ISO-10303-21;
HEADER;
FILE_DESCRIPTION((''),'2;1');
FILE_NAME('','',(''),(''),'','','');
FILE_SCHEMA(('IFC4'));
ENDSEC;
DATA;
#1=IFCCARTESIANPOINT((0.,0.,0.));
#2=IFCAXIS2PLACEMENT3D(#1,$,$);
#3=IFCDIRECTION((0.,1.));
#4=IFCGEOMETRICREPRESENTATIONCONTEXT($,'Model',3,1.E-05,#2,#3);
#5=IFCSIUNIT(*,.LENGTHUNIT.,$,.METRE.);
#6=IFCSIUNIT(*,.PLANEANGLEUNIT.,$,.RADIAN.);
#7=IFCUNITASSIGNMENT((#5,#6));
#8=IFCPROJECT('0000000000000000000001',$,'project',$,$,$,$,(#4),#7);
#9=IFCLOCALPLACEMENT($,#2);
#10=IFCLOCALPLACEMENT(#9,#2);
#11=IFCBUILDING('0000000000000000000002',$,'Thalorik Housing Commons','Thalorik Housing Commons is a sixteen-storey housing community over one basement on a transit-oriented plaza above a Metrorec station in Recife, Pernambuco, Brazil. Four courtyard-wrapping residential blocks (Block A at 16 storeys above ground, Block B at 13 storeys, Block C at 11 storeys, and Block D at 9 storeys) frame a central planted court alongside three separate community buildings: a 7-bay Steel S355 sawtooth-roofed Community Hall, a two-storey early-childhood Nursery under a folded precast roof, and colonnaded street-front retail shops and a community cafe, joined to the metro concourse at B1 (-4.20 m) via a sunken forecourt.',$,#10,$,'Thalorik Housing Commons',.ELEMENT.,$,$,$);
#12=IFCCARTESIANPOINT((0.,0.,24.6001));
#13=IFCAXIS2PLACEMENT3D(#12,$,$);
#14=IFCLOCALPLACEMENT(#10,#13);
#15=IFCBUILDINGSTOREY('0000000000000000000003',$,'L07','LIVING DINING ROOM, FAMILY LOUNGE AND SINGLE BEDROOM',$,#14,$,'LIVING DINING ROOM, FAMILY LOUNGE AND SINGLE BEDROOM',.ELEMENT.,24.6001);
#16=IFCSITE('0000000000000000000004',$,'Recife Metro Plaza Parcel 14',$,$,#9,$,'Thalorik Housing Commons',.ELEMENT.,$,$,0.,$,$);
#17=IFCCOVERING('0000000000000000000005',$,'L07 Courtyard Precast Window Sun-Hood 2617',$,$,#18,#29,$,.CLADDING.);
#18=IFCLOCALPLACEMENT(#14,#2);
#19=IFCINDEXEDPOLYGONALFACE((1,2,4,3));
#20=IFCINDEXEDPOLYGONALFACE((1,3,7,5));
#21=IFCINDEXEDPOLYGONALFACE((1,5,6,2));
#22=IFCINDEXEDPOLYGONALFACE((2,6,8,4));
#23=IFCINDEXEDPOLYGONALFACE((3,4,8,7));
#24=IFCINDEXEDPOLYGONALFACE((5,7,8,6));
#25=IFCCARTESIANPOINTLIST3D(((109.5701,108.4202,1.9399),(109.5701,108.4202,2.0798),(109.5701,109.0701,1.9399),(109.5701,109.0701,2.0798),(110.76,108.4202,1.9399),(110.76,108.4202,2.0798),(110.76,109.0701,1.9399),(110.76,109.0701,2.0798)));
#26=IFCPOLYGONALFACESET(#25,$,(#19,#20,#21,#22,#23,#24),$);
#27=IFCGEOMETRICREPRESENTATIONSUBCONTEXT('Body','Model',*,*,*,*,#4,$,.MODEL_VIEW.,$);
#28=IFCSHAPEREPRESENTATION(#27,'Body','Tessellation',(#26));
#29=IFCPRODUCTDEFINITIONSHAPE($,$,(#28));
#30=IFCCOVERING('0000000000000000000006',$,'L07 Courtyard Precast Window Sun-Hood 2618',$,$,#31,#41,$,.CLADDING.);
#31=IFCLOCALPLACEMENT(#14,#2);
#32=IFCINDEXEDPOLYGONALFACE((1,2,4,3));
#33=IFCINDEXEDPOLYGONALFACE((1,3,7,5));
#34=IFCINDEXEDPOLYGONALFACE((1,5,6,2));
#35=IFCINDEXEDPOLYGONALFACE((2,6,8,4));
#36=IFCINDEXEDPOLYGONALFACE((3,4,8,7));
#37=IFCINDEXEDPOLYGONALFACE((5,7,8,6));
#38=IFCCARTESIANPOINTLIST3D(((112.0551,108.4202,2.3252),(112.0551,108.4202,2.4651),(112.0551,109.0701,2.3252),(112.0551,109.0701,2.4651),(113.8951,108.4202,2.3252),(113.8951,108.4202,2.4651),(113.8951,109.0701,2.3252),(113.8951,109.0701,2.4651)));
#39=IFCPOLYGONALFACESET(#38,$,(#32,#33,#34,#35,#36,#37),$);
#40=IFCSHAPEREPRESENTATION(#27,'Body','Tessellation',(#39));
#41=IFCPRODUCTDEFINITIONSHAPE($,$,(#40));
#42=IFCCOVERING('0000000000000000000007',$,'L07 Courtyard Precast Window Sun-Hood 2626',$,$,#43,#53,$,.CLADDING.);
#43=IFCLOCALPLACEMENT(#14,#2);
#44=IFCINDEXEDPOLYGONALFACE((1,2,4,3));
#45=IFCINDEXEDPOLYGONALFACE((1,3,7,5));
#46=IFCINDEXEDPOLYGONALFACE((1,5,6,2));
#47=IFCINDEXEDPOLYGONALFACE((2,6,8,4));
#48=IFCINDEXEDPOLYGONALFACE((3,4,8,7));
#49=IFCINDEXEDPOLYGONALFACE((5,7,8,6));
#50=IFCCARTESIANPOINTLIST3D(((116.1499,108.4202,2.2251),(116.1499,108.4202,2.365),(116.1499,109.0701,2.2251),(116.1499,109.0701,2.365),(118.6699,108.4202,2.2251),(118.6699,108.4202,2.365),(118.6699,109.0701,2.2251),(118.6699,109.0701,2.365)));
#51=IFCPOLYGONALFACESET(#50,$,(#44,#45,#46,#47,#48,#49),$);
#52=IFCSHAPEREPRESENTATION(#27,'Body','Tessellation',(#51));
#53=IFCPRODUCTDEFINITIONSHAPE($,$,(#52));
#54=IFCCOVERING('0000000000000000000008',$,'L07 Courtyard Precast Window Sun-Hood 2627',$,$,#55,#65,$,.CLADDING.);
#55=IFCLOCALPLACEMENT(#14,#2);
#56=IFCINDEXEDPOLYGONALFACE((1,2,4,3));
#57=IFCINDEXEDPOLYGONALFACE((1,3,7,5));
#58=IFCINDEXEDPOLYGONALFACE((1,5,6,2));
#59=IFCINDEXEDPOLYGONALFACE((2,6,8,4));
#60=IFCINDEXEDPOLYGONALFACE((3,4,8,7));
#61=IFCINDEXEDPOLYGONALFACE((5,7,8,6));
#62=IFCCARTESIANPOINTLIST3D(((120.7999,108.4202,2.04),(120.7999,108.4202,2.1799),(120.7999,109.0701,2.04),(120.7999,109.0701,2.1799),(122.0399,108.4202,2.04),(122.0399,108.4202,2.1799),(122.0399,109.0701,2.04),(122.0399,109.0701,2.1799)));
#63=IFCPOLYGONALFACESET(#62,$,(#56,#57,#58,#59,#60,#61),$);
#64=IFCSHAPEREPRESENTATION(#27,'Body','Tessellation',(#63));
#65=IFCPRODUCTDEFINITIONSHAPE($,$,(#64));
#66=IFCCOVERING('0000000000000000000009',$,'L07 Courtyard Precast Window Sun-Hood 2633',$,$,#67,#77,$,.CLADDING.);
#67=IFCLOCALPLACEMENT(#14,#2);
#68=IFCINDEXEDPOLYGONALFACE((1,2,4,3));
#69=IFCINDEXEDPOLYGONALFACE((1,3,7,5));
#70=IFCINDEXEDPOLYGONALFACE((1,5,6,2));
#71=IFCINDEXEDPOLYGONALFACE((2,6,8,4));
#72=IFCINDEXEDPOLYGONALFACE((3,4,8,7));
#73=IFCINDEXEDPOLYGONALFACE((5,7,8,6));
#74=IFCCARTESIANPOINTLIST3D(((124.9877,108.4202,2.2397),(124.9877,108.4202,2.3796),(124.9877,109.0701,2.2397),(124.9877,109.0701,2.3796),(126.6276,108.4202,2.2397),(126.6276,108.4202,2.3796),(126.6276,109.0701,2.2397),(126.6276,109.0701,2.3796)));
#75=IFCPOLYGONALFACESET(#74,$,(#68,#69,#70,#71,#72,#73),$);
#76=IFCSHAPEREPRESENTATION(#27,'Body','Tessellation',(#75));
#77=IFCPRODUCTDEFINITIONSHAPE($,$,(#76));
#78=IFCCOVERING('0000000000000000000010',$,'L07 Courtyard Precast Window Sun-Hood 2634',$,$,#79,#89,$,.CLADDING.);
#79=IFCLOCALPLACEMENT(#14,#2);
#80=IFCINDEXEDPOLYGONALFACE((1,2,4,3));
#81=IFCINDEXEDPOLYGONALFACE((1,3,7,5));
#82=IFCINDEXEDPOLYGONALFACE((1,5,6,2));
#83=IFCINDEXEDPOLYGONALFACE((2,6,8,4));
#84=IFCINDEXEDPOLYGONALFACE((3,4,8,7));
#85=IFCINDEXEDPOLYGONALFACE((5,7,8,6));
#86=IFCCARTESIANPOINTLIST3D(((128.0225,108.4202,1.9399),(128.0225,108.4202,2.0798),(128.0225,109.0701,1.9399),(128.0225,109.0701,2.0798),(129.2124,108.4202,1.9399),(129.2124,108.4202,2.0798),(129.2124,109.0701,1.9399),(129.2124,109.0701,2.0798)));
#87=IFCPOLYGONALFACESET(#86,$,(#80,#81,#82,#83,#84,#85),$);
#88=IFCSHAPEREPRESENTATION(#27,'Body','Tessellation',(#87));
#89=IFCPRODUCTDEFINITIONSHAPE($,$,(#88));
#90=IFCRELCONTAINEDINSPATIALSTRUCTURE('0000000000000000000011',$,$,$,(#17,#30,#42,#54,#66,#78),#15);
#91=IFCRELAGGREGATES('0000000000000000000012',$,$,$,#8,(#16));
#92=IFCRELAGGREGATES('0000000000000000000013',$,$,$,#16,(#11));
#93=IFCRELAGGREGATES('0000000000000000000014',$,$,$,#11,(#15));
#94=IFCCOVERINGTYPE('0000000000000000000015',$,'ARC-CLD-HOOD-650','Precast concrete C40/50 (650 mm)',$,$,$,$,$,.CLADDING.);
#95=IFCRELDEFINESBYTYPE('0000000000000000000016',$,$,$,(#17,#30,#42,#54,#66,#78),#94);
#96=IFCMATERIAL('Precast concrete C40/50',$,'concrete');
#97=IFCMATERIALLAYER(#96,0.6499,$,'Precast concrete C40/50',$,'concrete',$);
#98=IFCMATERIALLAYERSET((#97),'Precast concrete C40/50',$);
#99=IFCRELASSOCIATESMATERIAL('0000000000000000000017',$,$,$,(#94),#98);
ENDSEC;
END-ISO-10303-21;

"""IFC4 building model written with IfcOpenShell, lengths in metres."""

from ifc_helpers import new_model, si_unit, direction, frame, origin, origin_2d, place, context, subcontext, project, spatial, rectangle, extrude, material, layer, layer_set, type_object, element, save


model = new_model("IFC4")

# Units and contexts
model_context = context("Model", 3, precision=1e-05, world=origin(), true_north=direction((0.0, 1.0)))
body_context = subcontext(model_context, "Body", "Model", "MODEL_VIEW")
ifc_project = project(units=[si_unit("LENGTHUNIT", "METRE"), si_unit("PLANEANGLEUNIT", "RADIAN")], contexts=[model_context])

# Site, building, storey
site_placement = place(None, origin())
site = spatial("IfcSite", under=ifc_project, at=site_placement, Name="Recife Metro Plaza Parcel 14", LongName="Thalorik Housing Commons", CompositionType="ELEMENT", RefElevation=0.0)
building_placement = place(site_placement, origin())
building = spatial("IfcBuilding", under=site, at=building_placement, Name="Thalorik Housing Commons", Description="Thalorik Housing Commons is a sixteen-storey housing community over one basement on a transit-oriented plaza above a Metrorec station in Recife, Pernambuco, Brazil. Four courtyard-wrapping residential blocks (Block A at 16 storeys above ground, Block B at 13 storeys, Block C at 11 storeys, and Block D at 9 storeys) frame a central planted court alongside three separate community buildings: a 7-bay Steel S355 sawtooth-roofed Community Hall, a two-storey early-childhood Nursery under a folded precast roof, and colonnaded street-front retail shops and a community cafe, joined to the metro concourse at B1 (-4.20 m) via a sunken forecourt.", LongName="Thalorik Housing Commons", CompositionType="ELEMENT")
storey_placement = place(building_placement, frame((0.0, 0.0, 24.6001)))
storey = spatial("IfcBuildingStorey", under=building, at=storey_placement, Name="L07", Description="LIVING DINING ROOM, FAMILY LOUNGE AND SINGLE BEDROOM", LongName="LIVING DINING ROOM, FAMILY LOUNGE AND SINGLE BEDROOM", CompositionType="ELEMENT", Elevation=24.6001)

# Coverings
ifc_material = material(Name="Precast concrete C40/50", Category="concrete")
ifc_layer_1 = layer(ifc_material, 0.6499, Name="Precast concrete C40/50", Category="concrete")
ifc_layer_set_1 = layer_set([ifc_layer_1], Name="Precast concrete C40/50")
covering_type_1 = type_object("IfcCoveringType", Name="ARC-CLD-HOOD-650", Description="Precast concrete C40/50 (650 mm)", PredefinedType="CLADDING", material=ifc_layer_set_1)
covering_1_placement = place(storey_placement, frame((110.165, 108.7451, 1.9399), z_axis=(0.0, 0.0, 1.0), x_axis=(1.0, 0.0, 0.0)))
element("IfcCovering", 1, at=covering_1_placement, inside=storey, type_object=covering_type_1, Name="L07 Courtyard Precast Window Sun-Hood 2617", PredefinedType="CLADDING", context=body_context, shape_type="SweptSolid", body=[
    extrude(rectangle(XDim=1.1899, YDim=0.6499, at=origin_2d()), origin(), (0.0, 0.0, 1.0), 0.1399),
])
covering_2_placement = place(storey_placement, frame((112.9751, 108.7451, 2.3252), z_axis=(0.0, 0.0, 1.0), x_axis=(1.0, 0.0, 0.0)))
element("IfcCovering", 2, at=covering_2_placement, inside=storey, type_object=covering_type_1, Name="L07 Courtyard Precast Window Sun-Hood 2618", PredefinedType="CLADDING", context=body_context, shape_type="SweptSolid", body=[
    extrude(rectangle(XDim=1.8401, YDim=0.6499, at=origin_2d()), origin(), (0.0, 0.0, 1.0), 0.1399),
])
covering_3_placement = place(storey_placement, frame((117.4099, 108.7451, 2.2251), z_axis=(0.0, 0.0, 1.0), x_axis=(1.0, 0.0, 0.0)))
element("IfcCovering", 3, at=covering_3_placement, inside=storey, type_object=covering_type_1, Name="L07 Courtyard Precast Window Sun-Hood 2626", PredefinedType="CLADDING", context=body_context, shape_type="SweptSolid", body=[
    extrude(rectangle(XDim=2.52, YDim=0.6499, at=origin_2d()), origin(), (0.0, 0.0, 1.0), 0.1399),
])
covering_4_placement = place(storey_placement, frame((121.4199, 108.7451, 2.04), z_axis=(0.0, 0.0, 1.0), x_axis=(1.0, 0.0, 0.0)))
element("IfcCovering", 4, at=covering_4_placement, inside=storey, type_object=covering_type_1, Name="L07 Courtyard Precast Window Sun-Hood 2627", PredefinedType="CLADDING", context=body_context, shape_type="SweptSolid", body=[
    extrude(rectangle(XDim=1.24, YDim=0.6499, at=origin_2d()), origin(), (0.0, 0.0, 1.0), 0.1399),
])
covering_5_placement = place(storey_placement, frame((125.8076, 108.7451, 2.2397), z_axis=(0.0, 0.0, 1.0), x_axis=(1.0, 0.0, 0.0)))
element("IfcCovering", 5, at=covering_5_placement, inside=storey, type_object=covering_type_1, Name="L07 Courtyard Precast Window Sun-Hood 2633", PredefinedType="CLADDING", context=body_context, shape_type="SweptSolid", body=[
    extrude(rectangle(XDim=1.6399, YDim=0.6499, at=origin_2d()), origin(), (0.0, 0.0, 1.0), 0.1399),
])
covering_6_placement = place(storey_placement, frame((128.6174, 108.7451, 1.9399), z_axis=(0.0, 0.0, 1.0), x_axis=(1.0, 0.0, 0.0)))
element("IfcCovering", 6, at=covering_6_placement, inside=storey, type_object=covering_type_1, Name="L07 Courtyard Precast Window Sun-Hood 2634", PredefinedType="CLADDING", context=body_context, shape_type="SweptSolid", body=[
    extrude(rectangle(XDim=1.1899, YDim=0.6499, at=origin_2d()), origin(), (0.0, 0.0, 1.0), 0.1399),
])

save(model, "model.ifc")
